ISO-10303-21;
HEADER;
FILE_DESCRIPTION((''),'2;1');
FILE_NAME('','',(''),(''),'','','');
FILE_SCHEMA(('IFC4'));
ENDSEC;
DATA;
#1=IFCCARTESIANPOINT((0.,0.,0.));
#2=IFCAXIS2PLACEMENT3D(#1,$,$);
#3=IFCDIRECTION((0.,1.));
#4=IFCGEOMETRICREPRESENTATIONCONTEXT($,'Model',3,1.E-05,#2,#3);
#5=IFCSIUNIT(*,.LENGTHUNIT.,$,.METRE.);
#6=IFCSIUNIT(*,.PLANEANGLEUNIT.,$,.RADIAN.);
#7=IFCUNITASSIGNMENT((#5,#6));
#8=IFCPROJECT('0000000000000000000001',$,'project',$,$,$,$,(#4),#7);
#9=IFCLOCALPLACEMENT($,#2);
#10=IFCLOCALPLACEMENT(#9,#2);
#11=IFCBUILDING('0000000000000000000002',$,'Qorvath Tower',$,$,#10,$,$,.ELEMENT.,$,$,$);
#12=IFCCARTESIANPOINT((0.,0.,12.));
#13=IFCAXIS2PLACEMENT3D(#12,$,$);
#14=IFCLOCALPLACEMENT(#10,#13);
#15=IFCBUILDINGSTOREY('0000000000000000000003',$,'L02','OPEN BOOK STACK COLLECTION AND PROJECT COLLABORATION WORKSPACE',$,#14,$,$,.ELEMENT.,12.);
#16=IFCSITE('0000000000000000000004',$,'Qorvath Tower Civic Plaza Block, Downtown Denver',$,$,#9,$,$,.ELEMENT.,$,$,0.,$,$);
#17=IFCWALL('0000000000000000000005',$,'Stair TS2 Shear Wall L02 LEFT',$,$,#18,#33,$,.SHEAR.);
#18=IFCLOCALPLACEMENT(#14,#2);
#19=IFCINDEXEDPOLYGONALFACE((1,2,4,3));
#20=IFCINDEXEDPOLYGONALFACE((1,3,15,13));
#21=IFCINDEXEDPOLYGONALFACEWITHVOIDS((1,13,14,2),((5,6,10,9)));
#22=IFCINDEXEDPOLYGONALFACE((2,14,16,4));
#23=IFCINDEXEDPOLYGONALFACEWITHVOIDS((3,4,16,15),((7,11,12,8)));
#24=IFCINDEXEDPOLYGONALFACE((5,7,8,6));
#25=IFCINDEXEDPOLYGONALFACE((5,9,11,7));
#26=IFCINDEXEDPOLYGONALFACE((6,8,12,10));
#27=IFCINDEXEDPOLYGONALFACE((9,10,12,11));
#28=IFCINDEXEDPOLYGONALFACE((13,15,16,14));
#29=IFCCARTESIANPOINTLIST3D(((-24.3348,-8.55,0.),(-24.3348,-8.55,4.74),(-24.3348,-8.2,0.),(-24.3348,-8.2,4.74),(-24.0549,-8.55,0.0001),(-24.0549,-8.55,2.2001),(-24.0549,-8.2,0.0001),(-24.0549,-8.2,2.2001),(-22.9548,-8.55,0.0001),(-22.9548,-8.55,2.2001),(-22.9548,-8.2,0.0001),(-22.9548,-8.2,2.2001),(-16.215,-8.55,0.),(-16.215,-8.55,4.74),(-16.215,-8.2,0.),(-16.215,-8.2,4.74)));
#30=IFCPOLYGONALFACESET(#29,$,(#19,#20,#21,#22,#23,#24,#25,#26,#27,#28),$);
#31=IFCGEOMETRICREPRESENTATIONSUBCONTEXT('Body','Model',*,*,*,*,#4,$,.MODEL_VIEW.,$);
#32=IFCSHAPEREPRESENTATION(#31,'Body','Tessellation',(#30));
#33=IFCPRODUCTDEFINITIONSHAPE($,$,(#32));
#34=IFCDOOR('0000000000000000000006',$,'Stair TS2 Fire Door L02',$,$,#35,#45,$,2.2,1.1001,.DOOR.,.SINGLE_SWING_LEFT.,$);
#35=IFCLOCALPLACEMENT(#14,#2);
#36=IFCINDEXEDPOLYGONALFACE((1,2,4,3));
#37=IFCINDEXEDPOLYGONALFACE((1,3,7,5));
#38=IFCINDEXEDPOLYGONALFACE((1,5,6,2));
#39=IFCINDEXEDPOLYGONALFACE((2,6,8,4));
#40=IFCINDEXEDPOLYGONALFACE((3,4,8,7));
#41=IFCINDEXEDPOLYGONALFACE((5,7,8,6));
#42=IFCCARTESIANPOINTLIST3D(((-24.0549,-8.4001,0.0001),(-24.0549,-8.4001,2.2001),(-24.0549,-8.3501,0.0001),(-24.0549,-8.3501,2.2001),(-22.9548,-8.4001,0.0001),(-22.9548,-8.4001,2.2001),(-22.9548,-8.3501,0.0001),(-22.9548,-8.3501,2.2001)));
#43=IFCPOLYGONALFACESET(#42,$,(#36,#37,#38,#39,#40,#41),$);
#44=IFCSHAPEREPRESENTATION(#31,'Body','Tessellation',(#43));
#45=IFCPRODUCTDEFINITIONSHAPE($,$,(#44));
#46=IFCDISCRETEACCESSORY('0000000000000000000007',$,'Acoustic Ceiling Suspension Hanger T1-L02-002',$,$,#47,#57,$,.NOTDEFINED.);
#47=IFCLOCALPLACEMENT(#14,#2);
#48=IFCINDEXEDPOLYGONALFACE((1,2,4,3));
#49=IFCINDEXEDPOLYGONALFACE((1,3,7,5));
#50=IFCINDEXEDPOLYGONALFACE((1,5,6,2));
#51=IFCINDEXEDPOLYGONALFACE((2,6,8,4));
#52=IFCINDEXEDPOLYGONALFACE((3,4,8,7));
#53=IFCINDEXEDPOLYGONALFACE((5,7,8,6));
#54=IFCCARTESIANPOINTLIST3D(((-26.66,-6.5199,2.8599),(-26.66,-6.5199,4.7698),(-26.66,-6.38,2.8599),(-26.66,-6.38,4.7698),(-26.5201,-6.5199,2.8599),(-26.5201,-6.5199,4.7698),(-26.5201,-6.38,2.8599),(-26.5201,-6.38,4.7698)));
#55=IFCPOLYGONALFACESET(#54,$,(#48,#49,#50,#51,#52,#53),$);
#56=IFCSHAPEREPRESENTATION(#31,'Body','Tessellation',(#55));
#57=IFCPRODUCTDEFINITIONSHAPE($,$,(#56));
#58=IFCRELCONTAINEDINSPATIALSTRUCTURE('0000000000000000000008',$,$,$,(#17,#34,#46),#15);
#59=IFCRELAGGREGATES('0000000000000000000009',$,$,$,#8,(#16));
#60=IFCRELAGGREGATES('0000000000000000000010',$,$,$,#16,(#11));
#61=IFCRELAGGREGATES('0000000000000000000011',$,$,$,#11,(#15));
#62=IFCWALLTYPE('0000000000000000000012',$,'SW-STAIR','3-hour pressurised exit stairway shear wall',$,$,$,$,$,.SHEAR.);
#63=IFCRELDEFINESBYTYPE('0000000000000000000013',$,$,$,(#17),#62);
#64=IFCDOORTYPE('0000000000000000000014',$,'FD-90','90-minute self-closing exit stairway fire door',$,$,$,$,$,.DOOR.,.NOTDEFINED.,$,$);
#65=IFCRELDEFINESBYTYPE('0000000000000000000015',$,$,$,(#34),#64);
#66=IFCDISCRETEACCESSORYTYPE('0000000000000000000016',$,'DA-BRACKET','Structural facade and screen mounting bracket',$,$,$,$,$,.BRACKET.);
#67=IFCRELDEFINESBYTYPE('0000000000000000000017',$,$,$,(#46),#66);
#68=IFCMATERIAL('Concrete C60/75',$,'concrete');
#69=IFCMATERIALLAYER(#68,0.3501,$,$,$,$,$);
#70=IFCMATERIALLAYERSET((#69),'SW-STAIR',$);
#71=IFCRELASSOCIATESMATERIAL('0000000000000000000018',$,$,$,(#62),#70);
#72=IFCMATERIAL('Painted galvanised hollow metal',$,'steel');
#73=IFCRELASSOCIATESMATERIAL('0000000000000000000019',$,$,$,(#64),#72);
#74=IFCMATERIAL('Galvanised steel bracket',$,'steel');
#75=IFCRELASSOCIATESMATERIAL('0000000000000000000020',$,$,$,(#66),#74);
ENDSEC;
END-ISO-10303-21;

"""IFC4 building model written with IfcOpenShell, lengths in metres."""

from ifc_helpers import new_model, si_unit, direction, frame, frame_2d, origin, origin_2d, place, context, subcontext, project, spatial, rectangle, extrude, material, layer, layer_set, type_object, element, fill, save


model = new_model("IFC4")

# Units and contexts
model_context = context("Model", 3, precision=1e-05, world=origin(), true_north=direction((0.0, 1.0)))
body_context = subcontext(model_context, "Body", "Model", "MODEL_VIEW")
ifc_project = project(units=[si_unit("LENGTHUNIT", "METRE"), si_unit("PLANEANGLEUNIT", "RADIAN")], contexts=[model_context])

# Site, building, storey
site_placement = place(None, origin())
site = spatial("IfcSite", under=ifc_project, at=site_placement, Name="Qorvath Tower Civic Plaza Block, Downtown Denver", CompositionType="ELEMENT", RefElevation=0.0)
building_placement = place(site_placement, origin())
building = spatial("IfcBuilding", under=site, at=building_placement, Name="Qorvath Tower", CompositionType="ELEMENT")
storey_placement = place(building_placement, frame((0.0, 0.0, 12.0)))
storey = spatial("IfcBuildingStorey", under=building, at=storey_placement, Name="L02", Description="OPEN BOOK STACK COLLECTION AND PROJECT COLLABORATION WORKSPACE", CompositionType="ELEMENT", Elevation=12.0)

# Shared definitions
ifc_material_1 = material(Name="Concrete C60/75", Category="concrete")
ifc_layer_1 = layer(ifc_material_1, 0.3501)
ifc_layer_set_1 = layer_set([ifc_layer_1], Name="SW-STAIR")
wall_type_1 = type_object("IfcWallType", Name="SW-STAIR", Description="3-hour pressurised exit stairway shear wall", PredefinedType="SHEAR", material=ifc_layer_set_1)

# Wall, opening, door
wall_1_placement = place(storey_placement, frame((-24.335, -8.375, 0.0), z_axis=(0.0, 0.0, 1.0), x_axis=(1.0, 0.0, 0.0)))
wall_1 = element("IfcWall", 1, at=wall_1_placement, inside=storey, type_object=wall_type_1, Name="Stair TS2 Shear Wall L02 LEFT", PredefinedType="SHEAR", context=body_context, shape_type="SweptSolid", body=[
    extrude(rectangle(XDim=8.1199, YDim=0.3501, at=frame_2d((4.0601, 0.0))), origin(), (0.0, 0.0, 1.0), 4.74),
])
opening_1_placement = place(wall_1_placement, frame((0.28, 0.0, 0.0)))
opening_1 = element("IfcOpeningElement", 2, at=opening_1_placement, cuts=wall_1, PredefinedType="OPENING", context=body_context, shape_type="SweptSolid", body=[
    extrude(rectangle(XDim=1.1001, YDim=2.2, at=frame_2d((0.55, 1.1001))), frame((0.0, 0.1851, 0.0), z_axis=(0.0, -1.0, 0.0), x_axis=(1.0, 0.0, 0.0)), (0.0, 0.0, 1.0), 0.3701),
])
ifc_material_2 = material(Name="Painted galvanised hollow metal", Category="steel")
door_type_1 = type_object("IfcDoorType", Name="FD-90", Description="90-minute self-closing exit stairway fire door", OperationType="NOTDEFINED", PredefinedType="DOOR", material=ifc_material_2)
door_1_placement = place(opening_1_placement, origin())
door_1 = element("IfcDoor", 3, at=door_1_placement, inside=storey, type_object=door_type_1, Name="Stair TS2 Fire Door L02", OperationType="SINGLE_SWING_LEFT", OverallHeight=2.2, OverallWidth=1.1001, PredefinedType="DOOR", context=body_context, shape_type="SweptSolid", body=[
    extrude(rectangle(XDim=1.1001, YDim=2.2, at=frame_2d((0.55, 1.1001))), frame((0.0, 0.0249, 0.0), z_axis=(0.0, -1.0, 0.0), x_axis=(1.0, 0.0, 0.0)), (0.0, 0.0, 1.0), 0.05),
])
fill(opening_1, door_1)

# Discrete accessory
ifc_material_3 = material(Name="Galvanised steel bracket", Category="steel")
discrete_accessory_type = type_object("IfcDiscreteAccessoryType", Name="DA-BRACKET", Description="Structural facade and screen mounting bracket", PredefinedType="BRACKET", material=ifc_material_3)
discrete_accessory_placement = place(storey_placement, frame((-26.5901, -6.45, 2.8599), z_axis=(0.0, 0.0, 1.0), x_axis=(1.0, 0.0, 0.0)))
element("IfcDiscreteAccessory", 4, at=discrete_accessory_placement, inside=storey, type_object=discrete_accessory_type, Name="Acoustic Ceiling Suspension Hanger T1-L02-002", PredefinedType="NOTDEFINED", context=body_context, shape_type="SweptSolid", body=[
    extrude(rectangle(XDim=0.1399, YDim=0.1399, at=origin_2d()), origin(), (0.0, 0.0, 1.0), 1.9099),
])

save(model, "model.ifc")
